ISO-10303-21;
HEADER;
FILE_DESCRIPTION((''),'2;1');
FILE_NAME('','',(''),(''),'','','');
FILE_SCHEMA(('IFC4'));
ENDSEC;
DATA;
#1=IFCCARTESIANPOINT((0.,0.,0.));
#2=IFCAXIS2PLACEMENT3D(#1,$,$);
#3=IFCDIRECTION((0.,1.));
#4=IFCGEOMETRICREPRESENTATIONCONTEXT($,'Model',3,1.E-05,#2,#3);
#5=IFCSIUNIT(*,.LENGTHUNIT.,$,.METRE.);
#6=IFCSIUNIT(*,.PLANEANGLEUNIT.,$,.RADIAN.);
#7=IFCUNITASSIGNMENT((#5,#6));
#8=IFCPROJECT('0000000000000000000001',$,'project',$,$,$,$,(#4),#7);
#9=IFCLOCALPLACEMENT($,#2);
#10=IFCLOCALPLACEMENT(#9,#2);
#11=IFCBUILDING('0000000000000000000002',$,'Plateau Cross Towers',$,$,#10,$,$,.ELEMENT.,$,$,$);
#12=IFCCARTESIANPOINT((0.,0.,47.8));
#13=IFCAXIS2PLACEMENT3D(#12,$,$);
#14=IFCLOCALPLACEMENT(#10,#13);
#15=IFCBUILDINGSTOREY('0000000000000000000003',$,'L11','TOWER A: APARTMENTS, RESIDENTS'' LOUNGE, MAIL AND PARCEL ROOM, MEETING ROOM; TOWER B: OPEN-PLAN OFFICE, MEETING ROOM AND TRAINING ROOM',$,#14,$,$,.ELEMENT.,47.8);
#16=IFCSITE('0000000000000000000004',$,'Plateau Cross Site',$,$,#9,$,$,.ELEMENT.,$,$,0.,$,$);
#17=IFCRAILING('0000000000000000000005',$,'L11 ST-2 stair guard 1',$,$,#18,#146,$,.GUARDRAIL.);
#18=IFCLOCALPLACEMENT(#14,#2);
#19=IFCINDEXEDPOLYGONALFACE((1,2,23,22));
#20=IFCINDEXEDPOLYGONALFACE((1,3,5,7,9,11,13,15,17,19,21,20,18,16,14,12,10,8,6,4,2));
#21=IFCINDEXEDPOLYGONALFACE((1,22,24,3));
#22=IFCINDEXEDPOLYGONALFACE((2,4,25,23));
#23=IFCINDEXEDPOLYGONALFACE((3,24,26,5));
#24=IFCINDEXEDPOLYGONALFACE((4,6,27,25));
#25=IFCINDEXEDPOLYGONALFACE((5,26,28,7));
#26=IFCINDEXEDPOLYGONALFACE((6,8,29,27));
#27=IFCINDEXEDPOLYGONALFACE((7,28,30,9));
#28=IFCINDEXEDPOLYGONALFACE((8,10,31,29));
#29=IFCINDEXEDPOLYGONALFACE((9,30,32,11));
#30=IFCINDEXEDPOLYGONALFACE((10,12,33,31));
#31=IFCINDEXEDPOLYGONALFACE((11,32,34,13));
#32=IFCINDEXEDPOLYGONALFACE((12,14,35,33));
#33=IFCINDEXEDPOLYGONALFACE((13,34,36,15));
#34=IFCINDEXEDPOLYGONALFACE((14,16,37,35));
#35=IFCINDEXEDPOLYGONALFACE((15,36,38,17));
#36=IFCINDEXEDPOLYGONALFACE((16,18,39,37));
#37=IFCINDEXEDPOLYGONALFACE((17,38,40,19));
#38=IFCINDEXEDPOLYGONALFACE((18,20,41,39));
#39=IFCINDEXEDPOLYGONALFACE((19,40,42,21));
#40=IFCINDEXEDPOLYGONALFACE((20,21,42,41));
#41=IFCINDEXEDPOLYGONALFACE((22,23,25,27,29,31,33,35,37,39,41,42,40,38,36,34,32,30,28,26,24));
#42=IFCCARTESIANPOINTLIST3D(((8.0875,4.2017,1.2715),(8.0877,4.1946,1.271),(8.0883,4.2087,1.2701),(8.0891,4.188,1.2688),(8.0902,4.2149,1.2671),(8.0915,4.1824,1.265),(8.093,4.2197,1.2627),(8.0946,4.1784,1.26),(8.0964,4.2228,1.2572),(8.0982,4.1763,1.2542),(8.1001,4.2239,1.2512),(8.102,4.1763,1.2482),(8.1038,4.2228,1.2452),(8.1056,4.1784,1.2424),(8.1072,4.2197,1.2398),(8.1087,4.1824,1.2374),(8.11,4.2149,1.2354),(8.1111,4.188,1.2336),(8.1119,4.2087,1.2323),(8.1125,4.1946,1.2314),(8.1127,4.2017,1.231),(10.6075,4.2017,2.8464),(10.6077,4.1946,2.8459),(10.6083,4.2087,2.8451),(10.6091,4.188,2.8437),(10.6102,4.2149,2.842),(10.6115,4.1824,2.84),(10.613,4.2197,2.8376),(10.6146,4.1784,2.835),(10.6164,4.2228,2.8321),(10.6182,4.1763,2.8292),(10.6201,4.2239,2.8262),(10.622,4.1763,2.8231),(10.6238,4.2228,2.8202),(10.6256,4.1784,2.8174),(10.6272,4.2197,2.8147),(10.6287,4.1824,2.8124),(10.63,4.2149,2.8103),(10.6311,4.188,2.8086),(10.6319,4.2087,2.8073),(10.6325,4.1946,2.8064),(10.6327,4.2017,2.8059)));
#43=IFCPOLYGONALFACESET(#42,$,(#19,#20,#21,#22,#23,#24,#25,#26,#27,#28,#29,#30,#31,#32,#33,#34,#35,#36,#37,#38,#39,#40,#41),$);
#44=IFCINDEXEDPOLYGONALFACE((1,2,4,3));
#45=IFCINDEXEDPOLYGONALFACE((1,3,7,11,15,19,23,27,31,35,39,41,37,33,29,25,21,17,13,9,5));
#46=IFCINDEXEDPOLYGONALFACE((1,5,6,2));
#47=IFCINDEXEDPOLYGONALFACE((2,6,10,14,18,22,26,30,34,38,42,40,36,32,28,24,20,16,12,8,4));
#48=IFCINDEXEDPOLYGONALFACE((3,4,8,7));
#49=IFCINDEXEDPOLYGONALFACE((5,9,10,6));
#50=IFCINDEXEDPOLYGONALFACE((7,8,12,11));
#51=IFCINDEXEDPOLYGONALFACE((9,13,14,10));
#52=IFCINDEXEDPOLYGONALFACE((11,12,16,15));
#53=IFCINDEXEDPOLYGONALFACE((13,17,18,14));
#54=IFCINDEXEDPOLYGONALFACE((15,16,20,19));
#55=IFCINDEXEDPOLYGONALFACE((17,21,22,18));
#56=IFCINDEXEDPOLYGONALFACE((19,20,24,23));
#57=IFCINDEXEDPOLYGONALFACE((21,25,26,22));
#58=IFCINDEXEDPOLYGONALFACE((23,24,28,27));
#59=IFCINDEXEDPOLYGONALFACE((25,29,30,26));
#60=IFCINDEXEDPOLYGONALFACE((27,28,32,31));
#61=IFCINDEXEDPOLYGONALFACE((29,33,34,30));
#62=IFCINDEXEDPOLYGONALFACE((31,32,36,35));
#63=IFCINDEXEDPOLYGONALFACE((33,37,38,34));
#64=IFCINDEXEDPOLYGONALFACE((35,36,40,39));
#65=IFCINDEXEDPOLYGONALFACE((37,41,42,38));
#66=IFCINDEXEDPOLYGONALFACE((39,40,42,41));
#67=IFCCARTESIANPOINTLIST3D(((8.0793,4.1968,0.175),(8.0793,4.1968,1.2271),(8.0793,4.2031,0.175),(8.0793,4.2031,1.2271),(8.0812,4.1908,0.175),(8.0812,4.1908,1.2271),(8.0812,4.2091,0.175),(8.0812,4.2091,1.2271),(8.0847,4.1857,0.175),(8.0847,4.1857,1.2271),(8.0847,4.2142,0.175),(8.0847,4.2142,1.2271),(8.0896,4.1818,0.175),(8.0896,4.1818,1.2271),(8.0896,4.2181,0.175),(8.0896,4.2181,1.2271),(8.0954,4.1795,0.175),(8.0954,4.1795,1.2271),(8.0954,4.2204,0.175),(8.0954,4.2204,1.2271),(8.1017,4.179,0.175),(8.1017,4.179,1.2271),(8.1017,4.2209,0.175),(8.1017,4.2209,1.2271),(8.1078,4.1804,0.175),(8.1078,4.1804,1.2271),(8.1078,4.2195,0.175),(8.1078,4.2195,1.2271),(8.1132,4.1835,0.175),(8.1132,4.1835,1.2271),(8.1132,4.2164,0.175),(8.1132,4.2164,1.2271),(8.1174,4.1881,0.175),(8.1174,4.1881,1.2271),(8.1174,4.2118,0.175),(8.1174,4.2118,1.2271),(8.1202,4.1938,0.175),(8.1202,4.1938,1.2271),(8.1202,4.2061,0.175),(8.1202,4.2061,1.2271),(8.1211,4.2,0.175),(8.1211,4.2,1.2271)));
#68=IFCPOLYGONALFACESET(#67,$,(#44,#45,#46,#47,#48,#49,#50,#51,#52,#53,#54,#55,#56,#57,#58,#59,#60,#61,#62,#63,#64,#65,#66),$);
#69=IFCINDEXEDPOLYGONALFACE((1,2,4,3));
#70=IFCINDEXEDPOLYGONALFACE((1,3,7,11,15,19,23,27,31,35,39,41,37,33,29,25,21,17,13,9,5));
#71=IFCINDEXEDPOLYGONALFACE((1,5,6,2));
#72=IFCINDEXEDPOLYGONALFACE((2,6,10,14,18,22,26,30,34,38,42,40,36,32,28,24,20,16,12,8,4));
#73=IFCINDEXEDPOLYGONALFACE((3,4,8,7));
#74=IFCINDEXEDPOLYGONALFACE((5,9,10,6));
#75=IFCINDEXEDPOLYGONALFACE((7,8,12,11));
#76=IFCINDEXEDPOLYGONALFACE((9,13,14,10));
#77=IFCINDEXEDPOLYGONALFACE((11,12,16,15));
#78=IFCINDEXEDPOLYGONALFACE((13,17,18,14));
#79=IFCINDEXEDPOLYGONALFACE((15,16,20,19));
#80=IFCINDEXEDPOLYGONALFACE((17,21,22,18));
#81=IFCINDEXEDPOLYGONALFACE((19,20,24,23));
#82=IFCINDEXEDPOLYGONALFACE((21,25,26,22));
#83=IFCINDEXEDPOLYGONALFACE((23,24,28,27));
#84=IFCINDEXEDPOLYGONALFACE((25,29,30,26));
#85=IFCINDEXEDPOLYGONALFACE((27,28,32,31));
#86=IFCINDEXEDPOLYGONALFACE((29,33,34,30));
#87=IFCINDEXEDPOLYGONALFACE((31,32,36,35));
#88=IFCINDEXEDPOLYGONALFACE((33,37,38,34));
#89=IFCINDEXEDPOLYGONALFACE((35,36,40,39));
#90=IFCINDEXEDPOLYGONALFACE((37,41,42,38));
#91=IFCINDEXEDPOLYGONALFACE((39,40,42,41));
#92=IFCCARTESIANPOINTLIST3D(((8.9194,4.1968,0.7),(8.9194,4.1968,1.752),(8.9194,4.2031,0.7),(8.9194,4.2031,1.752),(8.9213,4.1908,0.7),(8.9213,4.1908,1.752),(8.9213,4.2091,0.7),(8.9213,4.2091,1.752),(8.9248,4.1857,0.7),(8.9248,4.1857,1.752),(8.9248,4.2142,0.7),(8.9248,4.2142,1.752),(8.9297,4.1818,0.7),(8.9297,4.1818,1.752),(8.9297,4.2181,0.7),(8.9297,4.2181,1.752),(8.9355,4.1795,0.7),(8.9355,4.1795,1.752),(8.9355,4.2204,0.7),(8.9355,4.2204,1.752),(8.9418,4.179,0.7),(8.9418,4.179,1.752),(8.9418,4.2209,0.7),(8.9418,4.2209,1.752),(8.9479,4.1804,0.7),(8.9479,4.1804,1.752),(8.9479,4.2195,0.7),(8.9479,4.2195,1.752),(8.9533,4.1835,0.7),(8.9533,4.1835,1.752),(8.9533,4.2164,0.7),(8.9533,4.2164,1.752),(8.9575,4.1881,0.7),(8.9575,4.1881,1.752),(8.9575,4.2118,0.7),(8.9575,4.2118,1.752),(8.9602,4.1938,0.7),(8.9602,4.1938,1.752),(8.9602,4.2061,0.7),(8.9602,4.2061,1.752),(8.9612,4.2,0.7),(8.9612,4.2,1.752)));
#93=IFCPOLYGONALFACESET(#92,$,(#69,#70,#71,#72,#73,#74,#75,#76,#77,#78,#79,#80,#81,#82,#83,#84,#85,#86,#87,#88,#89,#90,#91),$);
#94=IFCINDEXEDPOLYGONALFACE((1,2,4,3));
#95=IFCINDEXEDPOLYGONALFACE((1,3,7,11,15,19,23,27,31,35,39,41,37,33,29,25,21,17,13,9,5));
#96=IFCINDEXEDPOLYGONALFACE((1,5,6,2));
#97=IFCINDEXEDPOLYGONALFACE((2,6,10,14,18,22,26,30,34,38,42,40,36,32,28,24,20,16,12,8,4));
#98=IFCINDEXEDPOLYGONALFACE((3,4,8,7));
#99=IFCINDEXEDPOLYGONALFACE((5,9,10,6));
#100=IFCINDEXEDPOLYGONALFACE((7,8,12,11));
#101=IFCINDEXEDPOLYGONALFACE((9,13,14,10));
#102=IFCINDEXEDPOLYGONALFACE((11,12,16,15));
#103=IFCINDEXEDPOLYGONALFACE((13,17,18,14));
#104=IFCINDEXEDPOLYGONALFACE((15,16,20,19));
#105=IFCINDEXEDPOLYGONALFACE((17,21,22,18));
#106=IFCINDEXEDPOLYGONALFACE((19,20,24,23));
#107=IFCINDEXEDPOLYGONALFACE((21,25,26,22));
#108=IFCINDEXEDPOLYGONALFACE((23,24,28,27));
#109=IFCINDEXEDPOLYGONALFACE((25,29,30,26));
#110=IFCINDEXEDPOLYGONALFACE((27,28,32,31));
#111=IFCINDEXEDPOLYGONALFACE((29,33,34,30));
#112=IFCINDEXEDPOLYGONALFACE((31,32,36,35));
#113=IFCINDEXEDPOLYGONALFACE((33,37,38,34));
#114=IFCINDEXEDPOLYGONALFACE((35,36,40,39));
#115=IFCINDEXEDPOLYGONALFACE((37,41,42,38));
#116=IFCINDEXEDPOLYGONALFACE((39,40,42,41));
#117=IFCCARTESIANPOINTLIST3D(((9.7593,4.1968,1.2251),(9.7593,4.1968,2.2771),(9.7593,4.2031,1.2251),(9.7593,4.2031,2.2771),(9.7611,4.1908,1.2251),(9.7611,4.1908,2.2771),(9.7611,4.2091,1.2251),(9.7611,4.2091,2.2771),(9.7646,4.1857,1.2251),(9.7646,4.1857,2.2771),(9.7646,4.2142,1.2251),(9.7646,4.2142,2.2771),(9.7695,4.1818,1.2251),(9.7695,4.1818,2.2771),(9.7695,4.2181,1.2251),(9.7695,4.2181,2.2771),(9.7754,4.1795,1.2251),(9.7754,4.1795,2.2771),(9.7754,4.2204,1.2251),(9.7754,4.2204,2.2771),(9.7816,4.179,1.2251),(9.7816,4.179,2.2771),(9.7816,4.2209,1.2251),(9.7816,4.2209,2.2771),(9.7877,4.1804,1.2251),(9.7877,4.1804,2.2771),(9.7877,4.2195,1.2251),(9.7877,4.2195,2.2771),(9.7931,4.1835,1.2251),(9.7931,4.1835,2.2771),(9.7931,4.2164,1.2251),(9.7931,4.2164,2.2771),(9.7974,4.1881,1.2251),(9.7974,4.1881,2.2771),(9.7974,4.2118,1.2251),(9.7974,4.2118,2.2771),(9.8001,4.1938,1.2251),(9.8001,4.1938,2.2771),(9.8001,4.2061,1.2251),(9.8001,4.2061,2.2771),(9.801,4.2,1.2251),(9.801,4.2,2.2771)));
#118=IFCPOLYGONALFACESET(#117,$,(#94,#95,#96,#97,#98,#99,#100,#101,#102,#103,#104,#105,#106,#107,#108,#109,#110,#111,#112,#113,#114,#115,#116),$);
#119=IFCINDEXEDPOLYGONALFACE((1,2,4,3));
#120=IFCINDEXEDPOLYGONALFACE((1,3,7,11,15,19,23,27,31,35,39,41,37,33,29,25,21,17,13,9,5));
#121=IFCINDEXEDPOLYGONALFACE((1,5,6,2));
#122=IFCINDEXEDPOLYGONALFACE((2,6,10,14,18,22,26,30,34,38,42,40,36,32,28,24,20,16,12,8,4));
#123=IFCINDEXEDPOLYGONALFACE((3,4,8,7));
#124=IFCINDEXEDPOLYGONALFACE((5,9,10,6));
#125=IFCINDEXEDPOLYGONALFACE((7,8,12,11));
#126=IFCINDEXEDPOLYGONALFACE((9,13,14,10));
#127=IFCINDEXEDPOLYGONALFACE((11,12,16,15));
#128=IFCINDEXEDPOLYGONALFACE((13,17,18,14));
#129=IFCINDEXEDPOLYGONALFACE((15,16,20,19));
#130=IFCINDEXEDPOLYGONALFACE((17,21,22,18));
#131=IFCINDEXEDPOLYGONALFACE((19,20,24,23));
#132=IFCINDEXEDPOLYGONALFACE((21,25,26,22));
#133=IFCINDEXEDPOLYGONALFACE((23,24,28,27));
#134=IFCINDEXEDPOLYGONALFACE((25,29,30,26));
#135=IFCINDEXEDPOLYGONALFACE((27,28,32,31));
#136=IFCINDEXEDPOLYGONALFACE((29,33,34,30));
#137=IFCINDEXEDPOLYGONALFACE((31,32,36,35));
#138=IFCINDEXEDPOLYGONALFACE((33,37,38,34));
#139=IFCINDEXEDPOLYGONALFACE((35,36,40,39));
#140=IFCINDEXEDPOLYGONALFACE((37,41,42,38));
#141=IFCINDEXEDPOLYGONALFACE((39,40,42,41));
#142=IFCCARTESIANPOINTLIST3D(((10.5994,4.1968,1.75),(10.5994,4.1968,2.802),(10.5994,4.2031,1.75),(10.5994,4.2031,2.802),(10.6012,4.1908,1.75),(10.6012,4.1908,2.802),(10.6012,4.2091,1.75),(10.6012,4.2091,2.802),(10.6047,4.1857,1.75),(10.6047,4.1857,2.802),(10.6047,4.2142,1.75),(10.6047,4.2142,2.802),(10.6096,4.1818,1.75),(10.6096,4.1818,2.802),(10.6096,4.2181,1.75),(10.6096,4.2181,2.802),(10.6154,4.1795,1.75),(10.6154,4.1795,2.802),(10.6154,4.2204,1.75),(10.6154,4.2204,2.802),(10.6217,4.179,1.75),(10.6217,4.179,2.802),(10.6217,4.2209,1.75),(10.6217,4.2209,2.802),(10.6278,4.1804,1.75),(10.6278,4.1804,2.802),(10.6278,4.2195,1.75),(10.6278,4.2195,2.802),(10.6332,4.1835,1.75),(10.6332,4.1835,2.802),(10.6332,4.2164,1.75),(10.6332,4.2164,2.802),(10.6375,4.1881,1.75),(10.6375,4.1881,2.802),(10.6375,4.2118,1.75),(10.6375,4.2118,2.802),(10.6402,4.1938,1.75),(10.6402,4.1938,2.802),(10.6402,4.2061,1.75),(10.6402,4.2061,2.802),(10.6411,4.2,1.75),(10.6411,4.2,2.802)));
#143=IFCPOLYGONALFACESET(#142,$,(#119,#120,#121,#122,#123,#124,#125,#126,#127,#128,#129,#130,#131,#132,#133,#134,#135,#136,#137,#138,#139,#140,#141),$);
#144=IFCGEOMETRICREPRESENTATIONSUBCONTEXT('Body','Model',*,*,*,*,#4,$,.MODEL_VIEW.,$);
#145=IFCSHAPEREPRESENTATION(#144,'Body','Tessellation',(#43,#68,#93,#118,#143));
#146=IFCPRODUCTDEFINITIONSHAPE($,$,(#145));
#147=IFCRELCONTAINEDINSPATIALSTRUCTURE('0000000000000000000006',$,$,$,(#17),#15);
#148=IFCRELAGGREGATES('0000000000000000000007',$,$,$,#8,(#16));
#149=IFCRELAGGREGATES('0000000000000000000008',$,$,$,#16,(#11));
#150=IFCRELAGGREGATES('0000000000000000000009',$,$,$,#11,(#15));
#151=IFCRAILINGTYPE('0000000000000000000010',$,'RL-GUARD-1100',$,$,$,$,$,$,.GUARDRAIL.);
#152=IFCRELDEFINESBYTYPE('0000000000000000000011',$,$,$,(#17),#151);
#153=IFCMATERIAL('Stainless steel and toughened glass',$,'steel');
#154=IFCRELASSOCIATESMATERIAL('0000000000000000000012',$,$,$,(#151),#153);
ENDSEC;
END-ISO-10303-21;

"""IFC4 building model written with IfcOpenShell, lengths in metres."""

from ifc_helpers import new_model, si_unit, direction, frame, origin, origin_2d, place, context, subcontext, project, spatial, circle, extrude, material, type_object, element, save


model = new_model("IFC4")

# Units and contexts
model_context = context("Model", 3, precision=1e-05, world=origin(), true_north=direction((0.0, 1.0)))
body_context = subcontext(model_context, "Body", "Model", "MODEL_VIEW")
ifc_project = project(units=[si_unit("LENGTHUNIT", "METRE"), si_unit("PLANEANGLEUNIT", "RADIAN")], contexts=[model_context])

# Site, building, storey
site_placement = place(None, origin())
site = spatial("IfcSite", under=ifc_project, at=site_placement, Name="Plateau Cross Site", CompositionType="ELEMENT", RefElevation=0.0)
building_placement = place(site_placement, origin())
building = spatial("IfcBuilding", under=site, at=building_placement, Name="Plateau Cross Towers", CompositionType="ELEMENT")
storey_placement = place(building_placement, frame((0.0, 0.0, 47.8)))
storey = spatial("IfcBuildingStorey", under=building, at=storey_placement, Name="L11", Description="TOWER A: APARTMENTS, RESIDENTS' LOUNGE, MAIL AND PARCEL ROOM, MEETING ROOM; TOWER B: OPEN-PLAN OFFICE, MEETING ROOM AND TRAINING ROOM", CompositionType="ELEMENT", Elevation=47.8)

# Railing
ifc_material_1 = material(Name="Stainless steel and toughened glass", Category="steel")
railing_type_1 = type_object("IfcRailingType", Name="RL-GUARD-1100", PredefinedType="GUARDRAIL", material=ifc_material_1)
railing_1_placement = place(storey_placement, frame((8.1001, 4.2, 0.175)))
element("IfcRailing", 1, at=railing_1_placement, inside=storey, type_object=railing_type_1, Name="L11 ST-2 stair guard 1", PredefinedType="GUARDRAIL", context=body_context, shape_type="SweptSolid", body=[
    extrude(circle(Radius=0.0239, at=origin_2d()), frame((0.0, 0.0, 1.0762), z_axis=(0.848008, 0.0, 0.529984), x_axis=(0.0, 1.0, 0.0)), (0.0, 0.0, 1.0), 2.9717),
    extrude(circle(Radius=0.021, at=origin_2d()), origin(), (0.0, 0.0, 1.0), 1.052),
    extrude(circle(Radius=0.021, at=origin_2d()), frame((0.8401, 0.0, 0.5249)), (0.0, 0.0, 1.0), 1.052),
    extrude(circle(Radius=0.021, at=origin_2d()), frame((1.6799, 0.0, 1.05)), (0.0, 0.0, 1.0), 1.052),
    extrude(circle(Radius=0.021, at=origin_2d()), frame((2.52, 0.0, 1.575)), (0.0, 0.0, 1.0), 1.052),
])

save(model, "model.ifc")
